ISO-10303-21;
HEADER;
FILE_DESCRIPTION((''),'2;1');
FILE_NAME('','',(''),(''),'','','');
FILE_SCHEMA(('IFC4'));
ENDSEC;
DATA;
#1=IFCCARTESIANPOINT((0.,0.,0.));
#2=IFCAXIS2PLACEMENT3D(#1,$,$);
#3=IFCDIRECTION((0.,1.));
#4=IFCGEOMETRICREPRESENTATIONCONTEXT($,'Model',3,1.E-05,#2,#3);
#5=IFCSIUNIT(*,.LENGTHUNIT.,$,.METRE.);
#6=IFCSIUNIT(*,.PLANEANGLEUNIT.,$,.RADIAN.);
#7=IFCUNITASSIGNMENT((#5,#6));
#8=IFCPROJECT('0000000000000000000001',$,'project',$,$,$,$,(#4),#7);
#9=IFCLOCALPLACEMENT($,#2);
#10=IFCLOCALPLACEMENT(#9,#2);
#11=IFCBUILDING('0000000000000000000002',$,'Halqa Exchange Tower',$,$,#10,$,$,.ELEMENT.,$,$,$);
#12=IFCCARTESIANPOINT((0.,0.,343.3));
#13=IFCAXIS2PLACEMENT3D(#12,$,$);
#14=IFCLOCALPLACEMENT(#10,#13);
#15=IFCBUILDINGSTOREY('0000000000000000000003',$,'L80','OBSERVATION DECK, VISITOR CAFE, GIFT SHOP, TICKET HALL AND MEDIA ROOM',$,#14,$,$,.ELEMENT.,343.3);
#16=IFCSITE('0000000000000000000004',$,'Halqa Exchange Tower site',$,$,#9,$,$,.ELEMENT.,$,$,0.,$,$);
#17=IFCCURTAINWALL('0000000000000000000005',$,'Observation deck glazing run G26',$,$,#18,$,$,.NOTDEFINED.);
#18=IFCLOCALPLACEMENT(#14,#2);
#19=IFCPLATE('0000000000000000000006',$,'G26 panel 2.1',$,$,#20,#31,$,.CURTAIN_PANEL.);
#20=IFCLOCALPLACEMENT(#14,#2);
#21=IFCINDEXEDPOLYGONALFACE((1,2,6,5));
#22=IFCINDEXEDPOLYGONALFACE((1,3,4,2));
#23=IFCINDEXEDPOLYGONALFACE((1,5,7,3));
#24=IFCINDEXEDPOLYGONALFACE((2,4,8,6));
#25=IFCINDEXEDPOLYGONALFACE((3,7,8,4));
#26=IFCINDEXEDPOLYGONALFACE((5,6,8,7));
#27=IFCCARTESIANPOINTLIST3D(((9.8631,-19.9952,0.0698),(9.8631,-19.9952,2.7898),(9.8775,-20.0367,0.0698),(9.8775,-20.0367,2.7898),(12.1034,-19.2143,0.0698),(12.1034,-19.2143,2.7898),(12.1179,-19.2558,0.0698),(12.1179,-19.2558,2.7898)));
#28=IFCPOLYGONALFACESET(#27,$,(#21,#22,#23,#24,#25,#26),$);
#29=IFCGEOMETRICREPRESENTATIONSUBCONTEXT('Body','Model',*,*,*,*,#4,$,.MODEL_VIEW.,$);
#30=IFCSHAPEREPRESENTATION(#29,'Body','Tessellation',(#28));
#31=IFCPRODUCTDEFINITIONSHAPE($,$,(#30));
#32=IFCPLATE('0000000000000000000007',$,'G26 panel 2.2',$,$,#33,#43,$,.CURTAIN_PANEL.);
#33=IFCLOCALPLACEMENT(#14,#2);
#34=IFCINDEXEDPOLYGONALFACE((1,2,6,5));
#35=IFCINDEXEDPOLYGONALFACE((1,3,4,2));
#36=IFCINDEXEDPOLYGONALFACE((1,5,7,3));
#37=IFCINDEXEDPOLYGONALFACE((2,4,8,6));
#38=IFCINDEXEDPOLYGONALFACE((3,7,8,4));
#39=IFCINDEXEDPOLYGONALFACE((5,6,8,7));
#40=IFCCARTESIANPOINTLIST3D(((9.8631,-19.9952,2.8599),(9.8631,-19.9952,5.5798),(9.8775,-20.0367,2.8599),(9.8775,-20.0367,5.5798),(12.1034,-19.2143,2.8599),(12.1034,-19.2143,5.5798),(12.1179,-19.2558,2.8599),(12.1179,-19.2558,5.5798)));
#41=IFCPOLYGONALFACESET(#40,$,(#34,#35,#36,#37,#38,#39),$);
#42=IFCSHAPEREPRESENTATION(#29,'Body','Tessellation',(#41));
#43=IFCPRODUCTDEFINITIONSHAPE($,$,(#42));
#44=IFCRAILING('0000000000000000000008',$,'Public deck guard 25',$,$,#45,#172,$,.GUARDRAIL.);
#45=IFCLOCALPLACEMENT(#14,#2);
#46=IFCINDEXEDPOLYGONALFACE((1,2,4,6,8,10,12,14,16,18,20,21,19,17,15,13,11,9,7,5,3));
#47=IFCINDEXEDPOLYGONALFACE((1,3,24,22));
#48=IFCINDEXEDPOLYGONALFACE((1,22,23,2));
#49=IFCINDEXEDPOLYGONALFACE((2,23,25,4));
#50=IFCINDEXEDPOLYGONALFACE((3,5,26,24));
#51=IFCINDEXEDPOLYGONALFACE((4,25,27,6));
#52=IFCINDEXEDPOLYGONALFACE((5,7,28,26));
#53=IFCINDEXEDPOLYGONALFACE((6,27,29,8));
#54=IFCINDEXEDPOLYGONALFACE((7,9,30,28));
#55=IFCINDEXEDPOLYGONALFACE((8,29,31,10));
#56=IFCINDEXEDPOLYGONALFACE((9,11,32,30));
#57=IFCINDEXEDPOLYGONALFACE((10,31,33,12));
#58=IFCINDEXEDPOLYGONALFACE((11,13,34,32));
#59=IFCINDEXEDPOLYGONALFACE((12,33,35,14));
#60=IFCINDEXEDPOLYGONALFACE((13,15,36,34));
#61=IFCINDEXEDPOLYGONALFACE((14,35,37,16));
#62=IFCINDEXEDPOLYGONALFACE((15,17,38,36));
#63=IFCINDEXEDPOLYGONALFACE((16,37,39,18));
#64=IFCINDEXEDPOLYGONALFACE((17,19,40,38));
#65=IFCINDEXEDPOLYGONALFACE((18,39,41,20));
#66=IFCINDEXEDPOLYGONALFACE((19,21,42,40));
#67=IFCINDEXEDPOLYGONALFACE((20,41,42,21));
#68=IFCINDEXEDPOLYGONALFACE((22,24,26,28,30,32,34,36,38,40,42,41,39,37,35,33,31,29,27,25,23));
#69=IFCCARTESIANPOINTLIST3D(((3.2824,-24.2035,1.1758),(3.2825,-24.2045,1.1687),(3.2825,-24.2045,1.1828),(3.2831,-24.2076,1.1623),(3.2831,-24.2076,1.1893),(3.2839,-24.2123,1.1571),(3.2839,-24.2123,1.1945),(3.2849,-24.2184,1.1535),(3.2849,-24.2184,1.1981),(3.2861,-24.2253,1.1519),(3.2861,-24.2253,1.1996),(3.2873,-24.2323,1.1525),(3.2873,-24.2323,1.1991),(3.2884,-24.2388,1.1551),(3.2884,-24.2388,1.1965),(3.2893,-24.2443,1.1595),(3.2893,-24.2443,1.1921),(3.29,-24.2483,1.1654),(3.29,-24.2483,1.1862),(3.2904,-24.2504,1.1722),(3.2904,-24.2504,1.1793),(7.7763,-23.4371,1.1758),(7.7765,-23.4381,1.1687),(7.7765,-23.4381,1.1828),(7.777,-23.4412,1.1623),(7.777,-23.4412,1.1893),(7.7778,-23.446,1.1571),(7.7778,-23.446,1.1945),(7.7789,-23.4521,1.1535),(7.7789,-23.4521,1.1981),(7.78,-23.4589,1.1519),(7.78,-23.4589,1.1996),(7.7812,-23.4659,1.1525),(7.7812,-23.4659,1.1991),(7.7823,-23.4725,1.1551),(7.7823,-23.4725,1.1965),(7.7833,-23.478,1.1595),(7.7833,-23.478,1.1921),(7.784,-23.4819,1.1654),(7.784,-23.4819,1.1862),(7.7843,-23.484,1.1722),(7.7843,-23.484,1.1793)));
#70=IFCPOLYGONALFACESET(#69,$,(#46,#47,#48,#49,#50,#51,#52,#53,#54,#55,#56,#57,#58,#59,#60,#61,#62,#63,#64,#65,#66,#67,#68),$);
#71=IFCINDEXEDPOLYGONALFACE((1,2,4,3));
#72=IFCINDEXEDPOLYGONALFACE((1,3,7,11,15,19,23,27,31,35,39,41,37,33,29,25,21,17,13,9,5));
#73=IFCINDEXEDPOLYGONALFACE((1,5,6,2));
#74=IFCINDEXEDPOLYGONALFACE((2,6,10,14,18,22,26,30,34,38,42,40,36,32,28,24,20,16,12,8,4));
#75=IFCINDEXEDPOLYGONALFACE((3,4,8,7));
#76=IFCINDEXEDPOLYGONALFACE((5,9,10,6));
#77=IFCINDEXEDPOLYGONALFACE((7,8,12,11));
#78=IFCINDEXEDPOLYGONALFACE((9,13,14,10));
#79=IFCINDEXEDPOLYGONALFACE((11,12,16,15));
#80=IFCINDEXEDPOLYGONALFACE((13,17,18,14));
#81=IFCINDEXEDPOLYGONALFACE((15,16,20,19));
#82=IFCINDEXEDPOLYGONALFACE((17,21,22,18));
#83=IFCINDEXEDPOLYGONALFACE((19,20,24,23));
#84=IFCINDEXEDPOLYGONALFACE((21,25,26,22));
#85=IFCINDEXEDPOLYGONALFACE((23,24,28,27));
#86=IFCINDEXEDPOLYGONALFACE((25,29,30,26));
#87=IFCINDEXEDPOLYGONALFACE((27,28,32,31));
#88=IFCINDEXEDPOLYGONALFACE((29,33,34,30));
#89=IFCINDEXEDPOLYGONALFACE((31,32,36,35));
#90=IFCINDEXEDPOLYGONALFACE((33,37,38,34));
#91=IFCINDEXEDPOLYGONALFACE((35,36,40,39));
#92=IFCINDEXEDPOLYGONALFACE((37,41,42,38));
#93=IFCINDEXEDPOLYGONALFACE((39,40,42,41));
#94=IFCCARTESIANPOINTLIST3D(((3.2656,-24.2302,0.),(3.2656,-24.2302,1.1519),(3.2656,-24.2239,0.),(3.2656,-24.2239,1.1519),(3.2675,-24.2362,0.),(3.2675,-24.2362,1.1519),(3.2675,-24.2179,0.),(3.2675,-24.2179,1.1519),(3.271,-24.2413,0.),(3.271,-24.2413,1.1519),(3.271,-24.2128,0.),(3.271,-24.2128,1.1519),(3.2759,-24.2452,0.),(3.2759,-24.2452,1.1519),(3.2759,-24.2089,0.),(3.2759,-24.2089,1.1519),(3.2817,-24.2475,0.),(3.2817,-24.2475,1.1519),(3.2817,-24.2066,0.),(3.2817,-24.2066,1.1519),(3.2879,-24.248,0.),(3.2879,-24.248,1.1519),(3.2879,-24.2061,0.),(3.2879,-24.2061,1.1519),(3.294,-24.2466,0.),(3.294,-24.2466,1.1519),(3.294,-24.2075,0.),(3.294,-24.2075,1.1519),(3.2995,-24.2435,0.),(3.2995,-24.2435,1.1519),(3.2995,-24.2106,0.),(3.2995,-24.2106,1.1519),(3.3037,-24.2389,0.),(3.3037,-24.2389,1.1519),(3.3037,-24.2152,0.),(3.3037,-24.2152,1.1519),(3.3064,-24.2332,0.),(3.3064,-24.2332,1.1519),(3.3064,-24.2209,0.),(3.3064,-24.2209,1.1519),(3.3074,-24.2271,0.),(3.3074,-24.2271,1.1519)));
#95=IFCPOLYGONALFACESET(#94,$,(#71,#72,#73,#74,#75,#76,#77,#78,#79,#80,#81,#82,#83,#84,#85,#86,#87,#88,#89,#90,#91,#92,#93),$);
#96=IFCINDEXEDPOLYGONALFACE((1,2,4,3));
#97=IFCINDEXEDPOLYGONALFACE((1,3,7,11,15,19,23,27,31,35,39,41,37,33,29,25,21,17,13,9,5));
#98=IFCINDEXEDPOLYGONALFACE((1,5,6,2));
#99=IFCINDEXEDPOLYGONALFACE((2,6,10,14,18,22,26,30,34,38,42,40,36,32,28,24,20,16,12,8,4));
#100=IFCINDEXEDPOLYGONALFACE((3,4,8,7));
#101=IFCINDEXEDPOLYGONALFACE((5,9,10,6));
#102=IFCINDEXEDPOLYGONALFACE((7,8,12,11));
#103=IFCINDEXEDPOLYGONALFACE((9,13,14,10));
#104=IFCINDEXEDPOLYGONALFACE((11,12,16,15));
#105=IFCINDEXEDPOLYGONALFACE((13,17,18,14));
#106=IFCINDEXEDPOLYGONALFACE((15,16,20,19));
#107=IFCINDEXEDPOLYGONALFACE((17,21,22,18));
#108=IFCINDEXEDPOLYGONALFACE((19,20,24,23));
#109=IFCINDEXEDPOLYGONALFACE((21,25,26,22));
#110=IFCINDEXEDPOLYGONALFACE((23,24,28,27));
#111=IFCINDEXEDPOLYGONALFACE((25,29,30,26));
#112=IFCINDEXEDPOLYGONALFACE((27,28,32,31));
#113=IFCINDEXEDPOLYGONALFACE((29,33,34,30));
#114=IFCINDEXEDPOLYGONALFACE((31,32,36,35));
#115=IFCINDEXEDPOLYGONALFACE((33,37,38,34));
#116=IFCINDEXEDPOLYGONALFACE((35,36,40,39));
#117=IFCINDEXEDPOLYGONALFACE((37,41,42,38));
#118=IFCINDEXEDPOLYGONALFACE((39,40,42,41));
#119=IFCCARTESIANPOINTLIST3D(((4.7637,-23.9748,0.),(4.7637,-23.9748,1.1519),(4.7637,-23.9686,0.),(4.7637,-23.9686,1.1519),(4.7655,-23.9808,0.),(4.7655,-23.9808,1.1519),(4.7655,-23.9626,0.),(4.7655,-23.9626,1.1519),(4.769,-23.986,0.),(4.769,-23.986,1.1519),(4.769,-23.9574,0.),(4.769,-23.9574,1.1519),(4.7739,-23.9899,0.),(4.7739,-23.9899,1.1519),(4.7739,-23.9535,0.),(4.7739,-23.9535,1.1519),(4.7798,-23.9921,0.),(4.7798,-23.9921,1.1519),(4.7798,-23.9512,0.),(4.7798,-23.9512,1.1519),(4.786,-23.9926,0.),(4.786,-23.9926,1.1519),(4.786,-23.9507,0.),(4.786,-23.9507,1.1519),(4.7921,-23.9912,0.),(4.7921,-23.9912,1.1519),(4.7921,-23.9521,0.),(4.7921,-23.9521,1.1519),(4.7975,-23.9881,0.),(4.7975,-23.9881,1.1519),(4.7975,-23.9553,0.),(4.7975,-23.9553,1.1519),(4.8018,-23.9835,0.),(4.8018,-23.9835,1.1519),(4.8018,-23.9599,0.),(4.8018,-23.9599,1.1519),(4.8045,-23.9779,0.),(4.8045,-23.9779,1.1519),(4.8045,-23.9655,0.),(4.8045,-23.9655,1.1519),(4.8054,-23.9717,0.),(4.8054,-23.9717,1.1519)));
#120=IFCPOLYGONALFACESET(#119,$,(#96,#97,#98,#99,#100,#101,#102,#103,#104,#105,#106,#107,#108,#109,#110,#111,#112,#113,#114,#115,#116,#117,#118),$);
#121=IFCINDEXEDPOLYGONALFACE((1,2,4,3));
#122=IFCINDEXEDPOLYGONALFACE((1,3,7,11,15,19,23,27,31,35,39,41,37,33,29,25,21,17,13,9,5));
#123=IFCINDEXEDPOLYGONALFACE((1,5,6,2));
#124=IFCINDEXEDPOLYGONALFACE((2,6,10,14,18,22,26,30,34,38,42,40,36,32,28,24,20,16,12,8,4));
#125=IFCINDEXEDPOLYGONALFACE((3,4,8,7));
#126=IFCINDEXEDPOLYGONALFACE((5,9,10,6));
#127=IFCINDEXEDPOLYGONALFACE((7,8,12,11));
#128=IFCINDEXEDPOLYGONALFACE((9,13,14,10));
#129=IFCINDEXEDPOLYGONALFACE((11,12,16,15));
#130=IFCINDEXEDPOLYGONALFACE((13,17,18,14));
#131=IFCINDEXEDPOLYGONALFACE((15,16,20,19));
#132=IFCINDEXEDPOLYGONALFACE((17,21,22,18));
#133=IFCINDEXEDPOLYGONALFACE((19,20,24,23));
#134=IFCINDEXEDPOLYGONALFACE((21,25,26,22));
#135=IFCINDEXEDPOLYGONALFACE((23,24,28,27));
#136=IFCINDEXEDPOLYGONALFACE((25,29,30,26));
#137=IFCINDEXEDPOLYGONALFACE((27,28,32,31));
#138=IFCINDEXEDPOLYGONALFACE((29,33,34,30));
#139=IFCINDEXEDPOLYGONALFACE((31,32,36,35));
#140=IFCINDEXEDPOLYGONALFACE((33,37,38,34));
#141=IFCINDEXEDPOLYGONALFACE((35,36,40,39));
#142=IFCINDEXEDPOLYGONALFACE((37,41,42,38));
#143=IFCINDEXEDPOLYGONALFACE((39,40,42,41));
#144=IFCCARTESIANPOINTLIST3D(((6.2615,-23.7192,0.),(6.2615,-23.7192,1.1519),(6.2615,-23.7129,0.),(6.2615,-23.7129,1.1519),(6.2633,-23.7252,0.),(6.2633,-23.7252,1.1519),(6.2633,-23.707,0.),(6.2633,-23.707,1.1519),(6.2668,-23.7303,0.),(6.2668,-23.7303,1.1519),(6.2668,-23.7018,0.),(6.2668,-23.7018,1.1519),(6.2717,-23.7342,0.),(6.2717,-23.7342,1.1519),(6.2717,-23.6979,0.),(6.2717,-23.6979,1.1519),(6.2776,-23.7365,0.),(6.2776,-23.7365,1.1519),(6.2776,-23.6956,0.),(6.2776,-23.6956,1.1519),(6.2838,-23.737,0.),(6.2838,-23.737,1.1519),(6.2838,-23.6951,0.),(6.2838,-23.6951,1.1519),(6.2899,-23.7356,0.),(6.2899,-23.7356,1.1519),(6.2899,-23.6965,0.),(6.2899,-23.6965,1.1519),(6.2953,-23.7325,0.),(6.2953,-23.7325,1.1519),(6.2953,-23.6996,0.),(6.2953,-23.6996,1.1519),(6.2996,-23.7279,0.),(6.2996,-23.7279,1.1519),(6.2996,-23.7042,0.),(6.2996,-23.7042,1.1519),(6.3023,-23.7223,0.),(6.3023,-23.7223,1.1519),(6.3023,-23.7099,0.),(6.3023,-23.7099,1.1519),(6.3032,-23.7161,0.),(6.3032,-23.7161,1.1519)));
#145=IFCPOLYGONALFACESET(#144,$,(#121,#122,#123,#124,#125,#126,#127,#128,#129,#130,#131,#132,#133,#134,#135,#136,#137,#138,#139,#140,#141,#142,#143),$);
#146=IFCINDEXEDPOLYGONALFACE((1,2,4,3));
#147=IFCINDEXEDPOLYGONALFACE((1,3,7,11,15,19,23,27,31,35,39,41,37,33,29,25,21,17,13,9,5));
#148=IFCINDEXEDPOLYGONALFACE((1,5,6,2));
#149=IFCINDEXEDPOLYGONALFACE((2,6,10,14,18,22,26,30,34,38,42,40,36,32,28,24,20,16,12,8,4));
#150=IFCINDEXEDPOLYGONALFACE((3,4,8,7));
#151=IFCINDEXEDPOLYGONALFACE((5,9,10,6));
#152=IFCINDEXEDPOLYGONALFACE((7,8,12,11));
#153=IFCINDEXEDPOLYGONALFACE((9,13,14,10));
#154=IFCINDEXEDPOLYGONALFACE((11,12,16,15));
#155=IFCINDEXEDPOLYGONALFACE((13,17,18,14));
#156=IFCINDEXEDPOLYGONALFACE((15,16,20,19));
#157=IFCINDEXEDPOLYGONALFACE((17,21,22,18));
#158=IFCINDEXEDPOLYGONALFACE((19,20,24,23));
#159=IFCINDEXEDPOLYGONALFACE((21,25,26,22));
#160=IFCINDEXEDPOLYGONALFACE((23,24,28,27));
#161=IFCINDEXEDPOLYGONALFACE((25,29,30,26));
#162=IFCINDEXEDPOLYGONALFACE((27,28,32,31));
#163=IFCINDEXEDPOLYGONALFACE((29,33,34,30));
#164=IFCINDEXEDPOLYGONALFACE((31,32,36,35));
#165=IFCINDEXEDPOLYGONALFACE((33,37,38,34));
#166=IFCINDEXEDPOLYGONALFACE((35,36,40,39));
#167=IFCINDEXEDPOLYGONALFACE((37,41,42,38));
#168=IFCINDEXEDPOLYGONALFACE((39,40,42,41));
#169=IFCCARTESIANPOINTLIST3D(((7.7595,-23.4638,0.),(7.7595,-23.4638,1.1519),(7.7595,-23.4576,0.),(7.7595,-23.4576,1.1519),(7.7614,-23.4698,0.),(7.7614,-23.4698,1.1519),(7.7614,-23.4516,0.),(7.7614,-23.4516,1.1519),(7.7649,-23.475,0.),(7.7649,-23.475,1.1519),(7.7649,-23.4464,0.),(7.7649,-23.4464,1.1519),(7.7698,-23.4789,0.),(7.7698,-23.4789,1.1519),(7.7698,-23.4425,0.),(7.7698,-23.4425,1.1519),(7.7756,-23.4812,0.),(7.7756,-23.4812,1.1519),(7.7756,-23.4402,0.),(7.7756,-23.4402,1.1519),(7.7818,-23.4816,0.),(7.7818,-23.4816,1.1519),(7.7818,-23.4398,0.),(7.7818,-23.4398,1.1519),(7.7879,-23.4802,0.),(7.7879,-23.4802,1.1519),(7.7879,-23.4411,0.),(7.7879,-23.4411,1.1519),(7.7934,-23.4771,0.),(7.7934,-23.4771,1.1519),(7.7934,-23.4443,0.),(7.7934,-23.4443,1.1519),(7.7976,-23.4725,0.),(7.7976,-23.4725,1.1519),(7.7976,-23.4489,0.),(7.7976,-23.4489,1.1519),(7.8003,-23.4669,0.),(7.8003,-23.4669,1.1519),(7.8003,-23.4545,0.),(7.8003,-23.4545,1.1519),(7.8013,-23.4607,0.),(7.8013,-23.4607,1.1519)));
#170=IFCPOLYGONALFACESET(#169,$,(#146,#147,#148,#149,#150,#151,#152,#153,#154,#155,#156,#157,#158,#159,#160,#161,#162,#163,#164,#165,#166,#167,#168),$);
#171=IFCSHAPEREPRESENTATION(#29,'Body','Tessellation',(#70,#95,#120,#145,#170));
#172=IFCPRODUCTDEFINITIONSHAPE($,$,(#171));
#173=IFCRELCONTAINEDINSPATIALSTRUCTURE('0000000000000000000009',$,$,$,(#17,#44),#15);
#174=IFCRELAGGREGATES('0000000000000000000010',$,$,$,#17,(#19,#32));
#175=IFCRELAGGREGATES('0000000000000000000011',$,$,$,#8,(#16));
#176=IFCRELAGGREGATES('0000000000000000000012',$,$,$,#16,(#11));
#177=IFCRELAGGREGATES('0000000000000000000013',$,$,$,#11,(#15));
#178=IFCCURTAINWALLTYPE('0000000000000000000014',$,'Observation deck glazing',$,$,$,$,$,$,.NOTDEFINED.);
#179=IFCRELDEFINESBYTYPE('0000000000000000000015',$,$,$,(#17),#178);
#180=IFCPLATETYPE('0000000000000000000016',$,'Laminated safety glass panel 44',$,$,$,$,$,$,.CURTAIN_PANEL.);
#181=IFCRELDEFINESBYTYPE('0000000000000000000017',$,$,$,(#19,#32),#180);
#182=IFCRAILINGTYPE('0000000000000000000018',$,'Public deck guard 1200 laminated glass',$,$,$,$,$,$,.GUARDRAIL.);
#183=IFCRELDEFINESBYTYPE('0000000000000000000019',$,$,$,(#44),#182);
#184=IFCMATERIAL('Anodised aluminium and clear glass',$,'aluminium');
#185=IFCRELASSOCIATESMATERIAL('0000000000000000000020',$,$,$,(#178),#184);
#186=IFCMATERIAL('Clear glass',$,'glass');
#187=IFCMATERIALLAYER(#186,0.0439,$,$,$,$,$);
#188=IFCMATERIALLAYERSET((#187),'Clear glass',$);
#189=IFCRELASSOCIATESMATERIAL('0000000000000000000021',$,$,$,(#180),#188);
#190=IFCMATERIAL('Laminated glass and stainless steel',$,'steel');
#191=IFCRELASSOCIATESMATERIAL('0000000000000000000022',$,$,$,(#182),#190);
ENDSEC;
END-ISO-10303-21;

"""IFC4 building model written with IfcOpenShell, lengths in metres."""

from ifc_helpers import new_model, si_unit, direction, frame, origin, origin_2d, place, context, subcontext, project, spatial, rectangle, circle, extrude, material, layer, layer_set, type_object, element, aggregate, save


model = new_model("IFC4")

# Units and contexts
model_context = context("Model", 3, precision=1e-05, world=origin(), true_north=direction((0.0, 1.0)))
body_context = subcontext(model_context, "Body", "Model", "MODEL_VIEW")
ifc_project = project(units=[si_unit("LENGTHUNIT", "METRE"), si_unit("PLANEANGLEUNIT", "RADIAN")], contexts=[model_context])

# Site, building, storey
site_placement = place(None, origin())
site = spatial("IfcSite", under=ifc_project, at=site_placement, Name="Halqa Exchange Tower site", CompositionType="ELEMENT", RefElevation=0.0)
building_placement = place(site_placement, origin())
building = spatial("IfcBuilding", under=site, at=building_placement, Name="Halqa Exchange Tower", CompositionType="ELEMENT")
storey_placement = place(building_placement, frame((0.0, 0.0, 343.3)))
storey = spatial("IfcBuildingStorey", under=building, at=storey_placement, Name="L80", Description="OBSERVATION DECK, VISITOR CAFE, GIFT SHOP, TICKET HALL AND MEDIA ROOM", CompositionType="ELEMENT", Elevation=343.3)

# Curtain wall
ifc_material_1 = material(Name="Anodised aluminium and clear glass", Category="aluminium")
curtain_wall_type = type_object("IfcCurtainWallType", Name="Observation deck glazing", PredefinedType="NOTDEFINED", material=ifc_material_1)
curtain_wall_1_placement = place(storey_placement, origin())
curtain_wall_1 = element("IfcCurtainWall", 1, at=curtain_wall_1_placement, inside=storey, type_object=curtain_wall_type, Name="Observation deck glazing run G26", PredefinedType="NOTDEFINED")

# Plates
ifc_material_2 = material(Name="Clear glass", Category="glass")
ifc_layer = layer(ifc_material_2, 0.0439)
ifc_layer_set = layer_set([ifc_layer], Name="Clear glass")
plate_type = type_object("IfcPlateType", Name="Laminated safety glass panel 44", PredefinedType="CURTAIN_PANEL", material=ifc_layer_set)
plate_1_placement = place(storey_placement, frame((10.9905, -19.6255, 0.0698), z_axis=(0.0, 0.0, 1.0), x_axis=(0.944274, 0.32916, 0.0)))
plate_1 = element("IfcPlate", 2, at=plate_1_placement, type_object=plate_type, Name="G26 panel 2.1", PredefinedType="CURTAIN_PANEL", context=body_context, shape_type="SweptSolid", body=[
    extrude(rectangle(XDim=2.3726, YDim=0.0439, at=origin_2d()), origin(), (0.0, 0.0, 1.0), 2.72),
])
plate_2_placement = place(storey_placement, frame((10.9905, -19.6255, 2.8599), z_axis=(0.0, 0.0, 1.0), x_axis=(0.944274, 0.32916, 0.0)))
plate_2 = element("IfcPlate", 3, at=plate_2_placement, type_object=plate_type, Name="G26 panel 2.2", PredefinedType="CURTAIN_PANEL", context=body_context, shape_type="SweptSolid", body=[
    extrude(rectangle(XDim=2.3726, YDim=0.0439, at=origin_2d()), origin(), (0.0, 0.0, 1.0), 2.72),
])
aggregate(curtain_wall_1, [plate_1, plate_2])

# Railing
ifc_material_3 = material(Name="Laminated glass and stainless steel", Category="steel")
railing_type = type_object("IfcRailingType", Name="Public deck guard 1200 laminated glass", PredefinedType="GUARDRAIL", material=ifc_material_3)
railing_1_placement = place(storey_placement, frame((3.2864, -24.2271, 0.0)))
element("IfcRailing", 4, at=railing_1_placement, inside=storey, type_object=railing_type, Name="Public deck guard 25", PredefinedType="GUARDRAIL", context=body_context, shape_type="SweptSolid", body=[
    extrude(circle(Radius=0.0239, at=origin_2d()), frame((0.0, 0.0, 1.1758), z_axis=(0.985769, 0.168106, 0.0), x_axis=(-0.168106, 0.985769, 0.0)), (0.0, 0.0, 1.0), 4.5588),
    extrude(circle(Radius=0.021, at=origin_2d()), origin(), (0.0, 0.0, 1.0), 1.1519),
    extrude(circle(Radius=0.021, at=origin_2d()), frame((1.498, 0.2554, 0.0)), (0.0, 0.0, 1.0), 1.1519),
    extrude(circle(Radius=0.021, at=origin_2d()), frame((2.9958, 0.511, 0.0)), (0.0, 0.0, 1.0), 1.1519),
    extrude(circle(Radius=0.021, at=origin_2d()), frame((4.4939, 0.7664, 0.0)), (0.0, 0.0, 1.0), 1.1519),
])

save(model, "model.ifc")
